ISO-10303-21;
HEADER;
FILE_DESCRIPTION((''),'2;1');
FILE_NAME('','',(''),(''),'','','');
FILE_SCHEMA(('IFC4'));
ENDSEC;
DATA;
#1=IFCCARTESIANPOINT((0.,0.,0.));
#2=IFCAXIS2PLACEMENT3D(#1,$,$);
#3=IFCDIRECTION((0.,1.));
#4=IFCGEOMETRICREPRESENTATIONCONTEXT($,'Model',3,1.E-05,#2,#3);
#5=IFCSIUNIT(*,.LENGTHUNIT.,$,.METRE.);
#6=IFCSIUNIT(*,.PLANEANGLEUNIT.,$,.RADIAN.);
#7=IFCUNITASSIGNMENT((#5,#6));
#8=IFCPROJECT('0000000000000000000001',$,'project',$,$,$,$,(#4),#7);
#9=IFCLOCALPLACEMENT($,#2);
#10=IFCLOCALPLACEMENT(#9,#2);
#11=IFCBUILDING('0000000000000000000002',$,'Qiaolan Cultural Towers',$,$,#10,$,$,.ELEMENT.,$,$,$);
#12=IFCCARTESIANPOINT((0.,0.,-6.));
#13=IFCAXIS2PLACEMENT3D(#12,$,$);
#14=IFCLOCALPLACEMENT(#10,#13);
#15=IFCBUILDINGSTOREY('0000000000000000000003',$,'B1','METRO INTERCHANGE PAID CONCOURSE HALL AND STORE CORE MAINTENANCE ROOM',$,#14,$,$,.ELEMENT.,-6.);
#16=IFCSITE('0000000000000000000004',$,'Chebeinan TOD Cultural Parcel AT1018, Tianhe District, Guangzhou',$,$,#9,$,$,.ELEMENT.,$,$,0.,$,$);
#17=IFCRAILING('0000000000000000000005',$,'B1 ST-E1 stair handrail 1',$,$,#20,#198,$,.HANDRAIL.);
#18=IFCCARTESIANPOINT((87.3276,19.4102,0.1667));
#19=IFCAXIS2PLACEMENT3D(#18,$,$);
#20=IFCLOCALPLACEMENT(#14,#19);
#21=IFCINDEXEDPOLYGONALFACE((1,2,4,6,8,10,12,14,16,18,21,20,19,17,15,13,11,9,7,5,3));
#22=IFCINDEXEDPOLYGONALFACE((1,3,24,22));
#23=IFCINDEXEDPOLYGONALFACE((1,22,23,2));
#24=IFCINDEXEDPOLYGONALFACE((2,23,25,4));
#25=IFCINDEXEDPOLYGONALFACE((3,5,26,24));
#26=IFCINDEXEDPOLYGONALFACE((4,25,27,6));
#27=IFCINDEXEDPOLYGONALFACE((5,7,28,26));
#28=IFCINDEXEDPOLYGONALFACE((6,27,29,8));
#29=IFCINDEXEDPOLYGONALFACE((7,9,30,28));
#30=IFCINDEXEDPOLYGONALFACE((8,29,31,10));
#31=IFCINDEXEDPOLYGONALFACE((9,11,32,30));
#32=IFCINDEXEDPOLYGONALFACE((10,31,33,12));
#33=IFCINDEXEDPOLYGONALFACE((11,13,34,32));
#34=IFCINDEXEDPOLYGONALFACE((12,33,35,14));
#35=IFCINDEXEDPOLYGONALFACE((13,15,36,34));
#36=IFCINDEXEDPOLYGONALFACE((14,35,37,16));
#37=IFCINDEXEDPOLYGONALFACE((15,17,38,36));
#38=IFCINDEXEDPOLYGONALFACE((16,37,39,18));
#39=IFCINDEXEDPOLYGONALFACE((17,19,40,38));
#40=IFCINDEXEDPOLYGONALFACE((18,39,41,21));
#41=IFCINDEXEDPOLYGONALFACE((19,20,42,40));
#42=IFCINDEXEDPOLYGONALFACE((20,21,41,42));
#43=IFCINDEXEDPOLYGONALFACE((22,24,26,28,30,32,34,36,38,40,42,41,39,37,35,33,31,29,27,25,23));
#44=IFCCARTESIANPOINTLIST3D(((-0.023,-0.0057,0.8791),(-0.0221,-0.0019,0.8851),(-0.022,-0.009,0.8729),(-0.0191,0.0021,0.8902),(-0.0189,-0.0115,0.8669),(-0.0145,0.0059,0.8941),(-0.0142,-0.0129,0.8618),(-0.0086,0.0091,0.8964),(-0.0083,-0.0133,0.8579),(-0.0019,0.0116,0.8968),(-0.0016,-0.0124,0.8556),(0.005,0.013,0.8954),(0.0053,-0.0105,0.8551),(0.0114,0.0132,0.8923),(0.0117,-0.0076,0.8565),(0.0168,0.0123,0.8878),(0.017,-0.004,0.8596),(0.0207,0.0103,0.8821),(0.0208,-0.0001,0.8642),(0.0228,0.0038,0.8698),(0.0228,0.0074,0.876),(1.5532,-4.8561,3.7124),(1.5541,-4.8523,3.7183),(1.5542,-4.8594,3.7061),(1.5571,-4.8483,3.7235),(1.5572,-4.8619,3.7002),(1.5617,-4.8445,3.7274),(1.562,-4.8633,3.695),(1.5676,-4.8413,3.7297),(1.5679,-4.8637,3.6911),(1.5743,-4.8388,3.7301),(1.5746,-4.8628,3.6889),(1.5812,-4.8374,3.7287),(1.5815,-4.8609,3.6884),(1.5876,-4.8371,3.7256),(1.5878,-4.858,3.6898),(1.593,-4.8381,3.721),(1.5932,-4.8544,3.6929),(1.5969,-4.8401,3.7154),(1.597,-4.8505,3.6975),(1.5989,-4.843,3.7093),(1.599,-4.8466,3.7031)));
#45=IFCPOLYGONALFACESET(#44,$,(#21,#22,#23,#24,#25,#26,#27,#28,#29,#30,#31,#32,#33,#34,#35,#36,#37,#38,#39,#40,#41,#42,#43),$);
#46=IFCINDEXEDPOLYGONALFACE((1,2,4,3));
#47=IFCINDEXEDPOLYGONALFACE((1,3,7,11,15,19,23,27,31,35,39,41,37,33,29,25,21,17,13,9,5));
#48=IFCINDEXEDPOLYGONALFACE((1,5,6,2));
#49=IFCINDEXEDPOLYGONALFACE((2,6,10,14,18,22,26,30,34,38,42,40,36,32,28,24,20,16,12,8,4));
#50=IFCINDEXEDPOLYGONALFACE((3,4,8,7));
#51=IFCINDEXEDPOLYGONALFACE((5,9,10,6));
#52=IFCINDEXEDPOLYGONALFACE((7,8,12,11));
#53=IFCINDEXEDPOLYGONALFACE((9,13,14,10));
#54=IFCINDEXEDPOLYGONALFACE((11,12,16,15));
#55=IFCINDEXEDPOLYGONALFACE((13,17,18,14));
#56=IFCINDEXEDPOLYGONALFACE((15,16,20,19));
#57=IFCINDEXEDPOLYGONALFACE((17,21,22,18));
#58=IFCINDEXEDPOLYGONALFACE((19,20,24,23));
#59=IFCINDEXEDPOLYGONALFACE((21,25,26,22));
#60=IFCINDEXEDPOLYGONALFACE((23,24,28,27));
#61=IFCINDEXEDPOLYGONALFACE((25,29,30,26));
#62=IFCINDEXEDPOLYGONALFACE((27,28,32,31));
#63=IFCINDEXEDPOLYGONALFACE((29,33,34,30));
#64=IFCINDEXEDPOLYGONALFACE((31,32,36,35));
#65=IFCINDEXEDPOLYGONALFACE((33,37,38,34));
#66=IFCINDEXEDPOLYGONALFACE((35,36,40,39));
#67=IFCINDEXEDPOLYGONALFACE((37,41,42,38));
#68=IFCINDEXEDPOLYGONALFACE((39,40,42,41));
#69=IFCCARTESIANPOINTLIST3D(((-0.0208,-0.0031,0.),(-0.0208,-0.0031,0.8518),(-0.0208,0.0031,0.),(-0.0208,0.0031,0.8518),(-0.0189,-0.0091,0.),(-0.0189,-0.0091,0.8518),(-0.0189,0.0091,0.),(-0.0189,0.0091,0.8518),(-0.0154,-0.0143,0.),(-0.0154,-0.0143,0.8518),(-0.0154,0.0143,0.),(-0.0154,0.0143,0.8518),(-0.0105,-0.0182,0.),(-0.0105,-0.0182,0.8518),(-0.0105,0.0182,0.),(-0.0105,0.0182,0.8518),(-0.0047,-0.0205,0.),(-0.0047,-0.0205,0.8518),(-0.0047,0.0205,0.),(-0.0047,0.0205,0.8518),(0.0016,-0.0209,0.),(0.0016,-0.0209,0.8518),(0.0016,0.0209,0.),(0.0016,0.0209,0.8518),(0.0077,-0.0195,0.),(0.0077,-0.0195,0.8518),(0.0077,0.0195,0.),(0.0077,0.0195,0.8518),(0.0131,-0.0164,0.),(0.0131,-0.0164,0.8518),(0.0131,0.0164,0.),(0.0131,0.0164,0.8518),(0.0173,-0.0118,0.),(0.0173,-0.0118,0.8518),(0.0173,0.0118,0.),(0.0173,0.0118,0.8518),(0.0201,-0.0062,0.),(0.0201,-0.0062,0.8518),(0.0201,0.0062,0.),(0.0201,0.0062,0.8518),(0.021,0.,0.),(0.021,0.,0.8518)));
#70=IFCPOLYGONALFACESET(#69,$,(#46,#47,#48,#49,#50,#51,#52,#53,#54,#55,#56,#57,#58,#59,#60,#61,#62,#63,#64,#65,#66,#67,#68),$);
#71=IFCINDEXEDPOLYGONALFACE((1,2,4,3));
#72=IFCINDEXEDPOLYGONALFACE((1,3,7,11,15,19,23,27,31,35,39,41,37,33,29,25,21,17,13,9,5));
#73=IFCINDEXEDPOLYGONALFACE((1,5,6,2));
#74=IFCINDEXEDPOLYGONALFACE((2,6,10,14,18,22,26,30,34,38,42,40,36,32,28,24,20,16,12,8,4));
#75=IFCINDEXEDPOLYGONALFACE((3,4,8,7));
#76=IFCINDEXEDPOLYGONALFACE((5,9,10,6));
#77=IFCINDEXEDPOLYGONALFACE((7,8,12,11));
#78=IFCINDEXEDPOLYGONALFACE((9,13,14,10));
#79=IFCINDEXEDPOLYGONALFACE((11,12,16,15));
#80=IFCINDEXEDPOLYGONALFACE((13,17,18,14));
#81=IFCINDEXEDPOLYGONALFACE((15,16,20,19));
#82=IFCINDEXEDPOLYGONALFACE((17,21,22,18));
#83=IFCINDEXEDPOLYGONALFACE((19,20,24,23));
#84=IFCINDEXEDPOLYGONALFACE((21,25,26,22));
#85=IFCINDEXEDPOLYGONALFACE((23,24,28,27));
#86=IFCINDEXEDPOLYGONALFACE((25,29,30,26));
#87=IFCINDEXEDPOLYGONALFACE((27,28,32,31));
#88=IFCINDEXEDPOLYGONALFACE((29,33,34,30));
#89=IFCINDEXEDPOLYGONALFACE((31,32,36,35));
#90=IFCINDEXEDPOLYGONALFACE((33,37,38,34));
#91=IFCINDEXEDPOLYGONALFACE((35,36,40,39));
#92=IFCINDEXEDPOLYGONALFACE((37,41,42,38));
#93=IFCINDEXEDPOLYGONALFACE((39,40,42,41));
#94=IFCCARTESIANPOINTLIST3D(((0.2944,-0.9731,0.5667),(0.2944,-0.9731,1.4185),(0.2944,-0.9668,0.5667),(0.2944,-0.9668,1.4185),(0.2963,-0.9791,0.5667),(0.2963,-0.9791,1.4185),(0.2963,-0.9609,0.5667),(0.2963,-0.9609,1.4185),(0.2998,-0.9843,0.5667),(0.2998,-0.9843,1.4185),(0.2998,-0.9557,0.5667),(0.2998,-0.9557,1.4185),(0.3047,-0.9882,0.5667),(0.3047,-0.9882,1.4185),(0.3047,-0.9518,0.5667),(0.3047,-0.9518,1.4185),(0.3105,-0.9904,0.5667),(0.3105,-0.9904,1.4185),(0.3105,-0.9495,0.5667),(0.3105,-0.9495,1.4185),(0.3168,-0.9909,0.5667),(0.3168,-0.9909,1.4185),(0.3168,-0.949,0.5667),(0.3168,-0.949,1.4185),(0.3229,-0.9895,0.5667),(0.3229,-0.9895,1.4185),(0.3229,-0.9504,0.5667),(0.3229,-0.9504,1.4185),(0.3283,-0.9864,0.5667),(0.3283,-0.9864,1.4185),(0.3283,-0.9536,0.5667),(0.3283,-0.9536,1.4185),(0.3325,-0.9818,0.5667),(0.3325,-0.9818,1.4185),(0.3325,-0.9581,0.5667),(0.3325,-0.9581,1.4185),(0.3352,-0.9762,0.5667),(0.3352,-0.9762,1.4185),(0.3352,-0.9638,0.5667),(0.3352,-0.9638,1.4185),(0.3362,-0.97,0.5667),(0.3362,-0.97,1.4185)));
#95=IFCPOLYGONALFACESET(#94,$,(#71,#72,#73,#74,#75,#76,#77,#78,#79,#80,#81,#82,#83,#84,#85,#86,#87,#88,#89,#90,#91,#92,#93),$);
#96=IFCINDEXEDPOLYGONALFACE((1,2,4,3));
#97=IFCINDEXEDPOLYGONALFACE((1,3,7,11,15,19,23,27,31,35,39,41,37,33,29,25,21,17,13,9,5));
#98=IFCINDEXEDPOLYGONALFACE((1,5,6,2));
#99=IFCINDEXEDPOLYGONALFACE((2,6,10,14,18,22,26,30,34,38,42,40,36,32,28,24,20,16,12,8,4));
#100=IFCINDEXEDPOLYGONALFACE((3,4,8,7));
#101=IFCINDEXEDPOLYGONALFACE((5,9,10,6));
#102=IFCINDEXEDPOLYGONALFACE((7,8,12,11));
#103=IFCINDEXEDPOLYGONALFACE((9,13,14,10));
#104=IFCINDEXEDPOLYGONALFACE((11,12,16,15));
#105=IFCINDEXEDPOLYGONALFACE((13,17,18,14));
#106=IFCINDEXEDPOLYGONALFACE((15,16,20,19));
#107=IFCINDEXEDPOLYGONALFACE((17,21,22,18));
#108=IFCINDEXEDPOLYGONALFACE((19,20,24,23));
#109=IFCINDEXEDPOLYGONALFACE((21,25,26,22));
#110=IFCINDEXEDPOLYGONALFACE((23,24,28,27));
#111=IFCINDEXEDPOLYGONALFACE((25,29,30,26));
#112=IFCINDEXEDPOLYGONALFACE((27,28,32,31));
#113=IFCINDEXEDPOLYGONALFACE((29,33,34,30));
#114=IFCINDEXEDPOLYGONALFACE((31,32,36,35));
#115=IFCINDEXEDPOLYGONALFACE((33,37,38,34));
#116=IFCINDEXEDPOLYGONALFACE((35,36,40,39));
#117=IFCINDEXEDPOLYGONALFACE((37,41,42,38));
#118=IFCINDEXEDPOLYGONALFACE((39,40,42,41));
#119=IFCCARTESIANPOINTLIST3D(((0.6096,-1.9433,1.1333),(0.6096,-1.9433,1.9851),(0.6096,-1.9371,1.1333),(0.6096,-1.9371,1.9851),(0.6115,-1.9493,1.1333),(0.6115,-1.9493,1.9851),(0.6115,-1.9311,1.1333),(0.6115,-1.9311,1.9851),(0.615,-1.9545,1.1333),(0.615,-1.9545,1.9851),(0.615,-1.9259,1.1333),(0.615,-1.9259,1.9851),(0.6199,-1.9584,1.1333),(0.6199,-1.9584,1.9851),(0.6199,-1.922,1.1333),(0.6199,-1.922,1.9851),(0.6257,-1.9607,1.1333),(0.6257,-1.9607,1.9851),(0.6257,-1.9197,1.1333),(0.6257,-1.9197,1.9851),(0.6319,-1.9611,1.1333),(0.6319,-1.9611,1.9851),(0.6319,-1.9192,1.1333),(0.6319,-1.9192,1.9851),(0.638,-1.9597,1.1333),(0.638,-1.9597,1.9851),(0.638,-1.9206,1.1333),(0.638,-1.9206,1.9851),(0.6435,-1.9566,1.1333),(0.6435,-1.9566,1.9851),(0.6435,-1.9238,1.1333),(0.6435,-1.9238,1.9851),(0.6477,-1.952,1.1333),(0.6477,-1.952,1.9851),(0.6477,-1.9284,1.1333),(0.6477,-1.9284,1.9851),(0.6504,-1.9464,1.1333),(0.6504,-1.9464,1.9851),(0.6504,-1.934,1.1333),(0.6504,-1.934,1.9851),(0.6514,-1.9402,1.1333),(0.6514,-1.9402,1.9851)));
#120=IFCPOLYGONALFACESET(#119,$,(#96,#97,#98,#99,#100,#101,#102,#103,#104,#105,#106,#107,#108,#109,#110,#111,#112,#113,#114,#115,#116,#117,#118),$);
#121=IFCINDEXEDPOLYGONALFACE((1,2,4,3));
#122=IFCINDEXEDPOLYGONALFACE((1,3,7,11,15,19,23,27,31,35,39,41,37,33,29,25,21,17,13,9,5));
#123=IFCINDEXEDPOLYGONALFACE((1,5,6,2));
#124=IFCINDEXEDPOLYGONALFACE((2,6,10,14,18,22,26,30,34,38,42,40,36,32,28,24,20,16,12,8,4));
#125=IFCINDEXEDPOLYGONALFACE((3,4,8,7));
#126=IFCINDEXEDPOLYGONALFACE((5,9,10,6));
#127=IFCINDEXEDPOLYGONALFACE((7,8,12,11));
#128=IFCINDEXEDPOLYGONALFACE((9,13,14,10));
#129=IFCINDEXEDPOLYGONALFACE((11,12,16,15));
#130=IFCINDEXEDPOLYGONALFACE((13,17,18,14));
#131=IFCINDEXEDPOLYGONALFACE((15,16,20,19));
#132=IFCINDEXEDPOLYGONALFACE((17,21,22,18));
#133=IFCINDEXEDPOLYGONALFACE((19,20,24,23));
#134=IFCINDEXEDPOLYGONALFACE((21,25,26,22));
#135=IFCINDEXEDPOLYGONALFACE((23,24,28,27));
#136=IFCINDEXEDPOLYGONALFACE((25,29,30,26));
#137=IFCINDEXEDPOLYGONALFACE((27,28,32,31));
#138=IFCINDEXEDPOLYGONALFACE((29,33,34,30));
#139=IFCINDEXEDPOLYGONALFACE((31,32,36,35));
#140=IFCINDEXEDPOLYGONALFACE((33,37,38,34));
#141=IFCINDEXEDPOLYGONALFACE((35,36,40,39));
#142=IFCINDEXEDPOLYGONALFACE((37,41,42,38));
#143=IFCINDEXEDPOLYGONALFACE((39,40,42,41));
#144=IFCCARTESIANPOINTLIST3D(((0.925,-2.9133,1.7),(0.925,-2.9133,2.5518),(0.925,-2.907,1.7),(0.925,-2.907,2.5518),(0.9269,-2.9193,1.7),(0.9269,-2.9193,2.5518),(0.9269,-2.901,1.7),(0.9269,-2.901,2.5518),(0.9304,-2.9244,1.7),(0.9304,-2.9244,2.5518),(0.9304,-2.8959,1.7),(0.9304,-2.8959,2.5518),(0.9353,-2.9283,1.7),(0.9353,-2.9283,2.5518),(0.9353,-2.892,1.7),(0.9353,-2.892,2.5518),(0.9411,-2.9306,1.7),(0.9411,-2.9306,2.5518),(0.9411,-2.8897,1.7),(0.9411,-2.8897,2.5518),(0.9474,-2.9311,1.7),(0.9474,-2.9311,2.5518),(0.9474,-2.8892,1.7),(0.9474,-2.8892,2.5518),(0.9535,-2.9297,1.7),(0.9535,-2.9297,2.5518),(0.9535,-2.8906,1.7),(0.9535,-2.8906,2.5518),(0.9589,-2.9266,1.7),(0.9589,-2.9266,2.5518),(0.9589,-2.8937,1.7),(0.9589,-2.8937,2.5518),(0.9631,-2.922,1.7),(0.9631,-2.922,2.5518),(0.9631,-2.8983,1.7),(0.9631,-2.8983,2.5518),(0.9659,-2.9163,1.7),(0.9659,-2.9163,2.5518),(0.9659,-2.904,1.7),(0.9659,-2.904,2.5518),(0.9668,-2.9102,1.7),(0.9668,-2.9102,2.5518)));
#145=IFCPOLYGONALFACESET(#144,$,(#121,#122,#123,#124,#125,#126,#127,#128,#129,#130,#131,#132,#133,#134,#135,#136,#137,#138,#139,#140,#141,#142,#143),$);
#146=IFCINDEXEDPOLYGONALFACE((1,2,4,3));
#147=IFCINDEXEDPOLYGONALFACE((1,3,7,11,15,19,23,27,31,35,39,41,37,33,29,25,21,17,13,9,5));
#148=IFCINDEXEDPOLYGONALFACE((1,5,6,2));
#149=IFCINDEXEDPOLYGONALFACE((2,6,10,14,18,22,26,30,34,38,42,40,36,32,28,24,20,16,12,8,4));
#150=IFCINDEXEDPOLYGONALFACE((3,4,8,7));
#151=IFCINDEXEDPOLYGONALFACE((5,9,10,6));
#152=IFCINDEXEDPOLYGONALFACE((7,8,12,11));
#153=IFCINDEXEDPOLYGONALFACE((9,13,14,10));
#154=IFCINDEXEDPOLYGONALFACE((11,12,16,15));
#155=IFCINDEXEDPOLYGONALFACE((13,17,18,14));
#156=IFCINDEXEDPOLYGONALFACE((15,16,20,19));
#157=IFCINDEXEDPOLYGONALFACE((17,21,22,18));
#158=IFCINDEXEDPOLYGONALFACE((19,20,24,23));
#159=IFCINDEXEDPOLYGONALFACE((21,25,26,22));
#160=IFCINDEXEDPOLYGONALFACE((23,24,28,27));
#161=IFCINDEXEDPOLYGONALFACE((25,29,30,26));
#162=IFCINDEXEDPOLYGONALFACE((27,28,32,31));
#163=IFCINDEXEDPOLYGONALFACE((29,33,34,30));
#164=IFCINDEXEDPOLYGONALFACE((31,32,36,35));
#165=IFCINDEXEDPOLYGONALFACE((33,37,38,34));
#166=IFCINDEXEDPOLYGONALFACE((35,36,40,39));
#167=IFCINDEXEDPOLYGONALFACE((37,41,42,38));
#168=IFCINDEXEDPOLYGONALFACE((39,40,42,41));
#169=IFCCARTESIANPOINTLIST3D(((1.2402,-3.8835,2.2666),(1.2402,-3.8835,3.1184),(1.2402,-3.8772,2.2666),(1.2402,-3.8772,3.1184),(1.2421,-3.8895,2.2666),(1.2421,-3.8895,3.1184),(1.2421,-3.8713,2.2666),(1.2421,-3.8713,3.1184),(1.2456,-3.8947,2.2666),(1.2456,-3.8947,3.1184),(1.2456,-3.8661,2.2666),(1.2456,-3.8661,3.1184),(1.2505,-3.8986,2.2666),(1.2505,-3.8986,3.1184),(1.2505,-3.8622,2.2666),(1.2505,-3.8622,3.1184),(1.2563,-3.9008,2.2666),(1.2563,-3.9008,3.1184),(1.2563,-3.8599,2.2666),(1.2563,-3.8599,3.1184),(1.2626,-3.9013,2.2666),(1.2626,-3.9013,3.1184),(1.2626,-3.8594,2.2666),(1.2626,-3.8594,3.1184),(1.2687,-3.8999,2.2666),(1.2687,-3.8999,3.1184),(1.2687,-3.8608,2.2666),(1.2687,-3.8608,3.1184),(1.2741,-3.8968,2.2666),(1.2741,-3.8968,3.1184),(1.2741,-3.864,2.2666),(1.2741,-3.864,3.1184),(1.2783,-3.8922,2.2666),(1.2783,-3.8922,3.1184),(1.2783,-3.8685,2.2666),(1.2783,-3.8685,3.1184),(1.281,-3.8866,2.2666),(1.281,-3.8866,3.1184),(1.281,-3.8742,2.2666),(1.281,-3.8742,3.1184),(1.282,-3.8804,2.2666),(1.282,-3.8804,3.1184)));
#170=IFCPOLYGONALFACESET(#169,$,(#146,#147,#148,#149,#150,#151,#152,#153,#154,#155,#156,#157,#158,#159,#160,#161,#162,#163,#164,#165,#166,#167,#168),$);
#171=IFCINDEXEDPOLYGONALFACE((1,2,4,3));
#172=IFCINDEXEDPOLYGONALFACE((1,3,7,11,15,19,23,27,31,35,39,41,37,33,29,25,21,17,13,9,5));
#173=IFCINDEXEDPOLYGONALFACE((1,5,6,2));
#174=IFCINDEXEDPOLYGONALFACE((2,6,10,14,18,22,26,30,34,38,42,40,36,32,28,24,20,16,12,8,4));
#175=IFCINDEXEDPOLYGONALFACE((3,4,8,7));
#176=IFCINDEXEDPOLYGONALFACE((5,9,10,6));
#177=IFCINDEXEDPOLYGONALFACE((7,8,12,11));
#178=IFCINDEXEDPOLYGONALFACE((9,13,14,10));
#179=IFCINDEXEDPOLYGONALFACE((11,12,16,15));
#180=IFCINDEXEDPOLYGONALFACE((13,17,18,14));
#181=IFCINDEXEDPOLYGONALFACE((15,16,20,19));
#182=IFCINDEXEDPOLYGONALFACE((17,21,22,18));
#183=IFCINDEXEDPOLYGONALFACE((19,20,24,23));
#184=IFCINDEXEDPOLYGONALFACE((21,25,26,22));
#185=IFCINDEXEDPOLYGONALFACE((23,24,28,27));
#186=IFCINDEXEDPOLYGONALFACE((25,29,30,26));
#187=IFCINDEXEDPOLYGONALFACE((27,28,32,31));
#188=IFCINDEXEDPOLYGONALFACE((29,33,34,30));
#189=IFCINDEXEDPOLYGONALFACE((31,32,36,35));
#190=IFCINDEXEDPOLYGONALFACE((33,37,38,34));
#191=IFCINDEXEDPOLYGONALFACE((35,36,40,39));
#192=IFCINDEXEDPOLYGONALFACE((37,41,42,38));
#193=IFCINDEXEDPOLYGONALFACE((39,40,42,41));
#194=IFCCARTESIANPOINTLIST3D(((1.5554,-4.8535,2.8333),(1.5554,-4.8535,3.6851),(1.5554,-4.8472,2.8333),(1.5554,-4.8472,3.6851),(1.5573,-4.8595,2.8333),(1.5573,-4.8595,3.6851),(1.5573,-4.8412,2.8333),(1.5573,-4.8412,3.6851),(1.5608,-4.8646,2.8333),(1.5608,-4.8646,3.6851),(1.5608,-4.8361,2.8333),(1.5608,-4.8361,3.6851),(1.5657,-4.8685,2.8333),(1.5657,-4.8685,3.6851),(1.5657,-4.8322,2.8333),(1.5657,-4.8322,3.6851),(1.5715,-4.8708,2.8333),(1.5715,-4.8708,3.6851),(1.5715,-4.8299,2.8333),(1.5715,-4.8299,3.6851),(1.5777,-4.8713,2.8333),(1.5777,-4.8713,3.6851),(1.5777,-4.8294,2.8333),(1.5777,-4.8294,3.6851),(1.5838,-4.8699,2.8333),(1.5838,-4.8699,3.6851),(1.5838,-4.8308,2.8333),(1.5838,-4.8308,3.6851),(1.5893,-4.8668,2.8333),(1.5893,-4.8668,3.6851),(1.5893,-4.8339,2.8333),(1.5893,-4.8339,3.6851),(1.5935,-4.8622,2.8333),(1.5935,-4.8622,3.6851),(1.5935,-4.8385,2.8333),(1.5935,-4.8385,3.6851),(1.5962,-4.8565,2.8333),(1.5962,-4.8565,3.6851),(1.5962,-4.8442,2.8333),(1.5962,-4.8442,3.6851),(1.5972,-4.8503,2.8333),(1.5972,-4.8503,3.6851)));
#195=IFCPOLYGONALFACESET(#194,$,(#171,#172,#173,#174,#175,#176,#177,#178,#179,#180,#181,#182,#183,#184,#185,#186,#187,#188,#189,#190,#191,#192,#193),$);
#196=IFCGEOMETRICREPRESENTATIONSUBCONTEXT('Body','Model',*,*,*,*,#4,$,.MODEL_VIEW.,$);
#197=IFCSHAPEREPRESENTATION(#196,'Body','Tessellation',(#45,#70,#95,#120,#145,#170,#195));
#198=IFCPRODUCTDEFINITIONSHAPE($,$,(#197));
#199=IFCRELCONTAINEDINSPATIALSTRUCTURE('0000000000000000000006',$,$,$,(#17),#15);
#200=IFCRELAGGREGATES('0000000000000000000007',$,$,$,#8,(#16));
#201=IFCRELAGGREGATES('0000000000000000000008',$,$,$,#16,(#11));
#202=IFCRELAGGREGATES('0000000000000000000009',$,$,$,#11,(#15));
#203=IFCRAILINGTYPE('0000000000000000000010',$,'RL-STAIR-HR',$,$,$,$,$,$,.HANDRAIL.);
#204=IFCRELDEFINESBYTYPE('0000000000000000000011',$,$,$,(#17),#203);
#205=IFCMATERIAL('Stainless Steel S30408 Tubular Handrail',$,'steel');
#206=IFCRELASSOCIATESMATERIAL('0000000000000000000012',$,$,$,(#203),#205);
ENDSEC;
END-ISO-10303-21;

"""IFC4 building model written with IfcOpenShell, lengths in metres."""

from ifc_helpers import new_model, si_unit, direction, frame, origin, origin_2d, place, context, subcontext, project, spatial, circle, extrude, material, type_object, element, save


model = new_model("IFC4")

# Units and contexts
model_context = context("Model", 3, precision=1e-05, world=origin(), true_north=direction((0.0, 1.0)))
body_context = subcontext(model_context, "Body", "Model", "MODEL_VIEW")
ifc_project = project(units=[si_unit("LENGTHUNIT", "METRE"), si_unit("PLANEANGLEUNIT", "RADIAN")], contexts=[model_context])

# Site, building, storey
site_placement = place(None, origin())
site = spatial("IfcSite", under=ifc_project, at=site_placement, Name="Chebeinan TOD Cultural Parcel AT1018, Tianhe District, Guangzhou", CompositionType="ELEMENT", RefElevation=0.0)
building_placement = place(site_placement, origin())
building = spatial("IfcBuilding", under=site, at=building_placement, Name="Qiaolan Cultural Towers", CompositionType="ELEMENT")
storey_placement = place(building_placement, frame((0.0, 0.0, -6.0)))
storey = spatial("IfcBuildingStorey", under=building, at=storey_placement, Name="B1", Description="METRO INTERCHANGE PAID CONCOURSE HALL AND STORE CORE MAINTENANCE ROOM", CompositionType="ELEMENT", Elevation=-6.0)

# Railing
ifc_material_1 = material(Name="Stainless Steel S30408 Tubular Handrail", Category="steel")
railing_type_1 = type_object("IfcRailingType", Name="RL-STAIR-HR", PredefinedType="HANDRAIL", material=ifc_material_1)
railing_1_placement = place(storey_placement, frame((87.3276, 19.4102, 0.1667)))
element("IfcRailing", 1, at=railing_1_placement, inside=storey, type_object=railing_type_1, Name="B1 ST-E1 stair handrail 1", PredefinedType="HANDRAIL", context=body_context, shape_type="SweptSolid", body=[
    extrude(circle(Radius=0.0239, at=origin_2d()), frame((0.0, 0.0, 0.876), z_axis=(0.270162, -0.831369, 0.485631), x_axis=(0.951045, 0.309053, 0.0)), (0.0, 0.0, 1.0), 5.8342),
    extrude(circle(Radius=0.021, at=origin_2d()), origin(), (0.0, 0.0, 1.0), 0.8518),
    extrude(circle(Radius=0.021, at=origin_2d()), frame((0.3152, -0.97, 0.5667)), (0.0, 0.0, 1.0), 0.8518),
    extrude(circle(Radius=0.021, at=origin_2d()), frame((0.6304, -1.9402, 1.1333)), (0.0, 0.0, 1.0), 0.8518),
    extrude(circle(Radius=0.021, at=origin_2d()), frame((0.9458, -2.9102, 1.7)), (0.0, 0.0, 1.0), 0.8518),
    extrude(circle(Radius=0.021, at=origin_2d()), frame((1.261, -3.8804, 2.2666)), (0.0, 0.0, 1.0), 0.8518),
    extrude(circle(Radius=0.021, at=origin_2d()), frame((1.5762, -4.8503, 2.8333)), (0.0, 0.0, 1.0), 0.8518),
])

save(model, "model.ifc")
